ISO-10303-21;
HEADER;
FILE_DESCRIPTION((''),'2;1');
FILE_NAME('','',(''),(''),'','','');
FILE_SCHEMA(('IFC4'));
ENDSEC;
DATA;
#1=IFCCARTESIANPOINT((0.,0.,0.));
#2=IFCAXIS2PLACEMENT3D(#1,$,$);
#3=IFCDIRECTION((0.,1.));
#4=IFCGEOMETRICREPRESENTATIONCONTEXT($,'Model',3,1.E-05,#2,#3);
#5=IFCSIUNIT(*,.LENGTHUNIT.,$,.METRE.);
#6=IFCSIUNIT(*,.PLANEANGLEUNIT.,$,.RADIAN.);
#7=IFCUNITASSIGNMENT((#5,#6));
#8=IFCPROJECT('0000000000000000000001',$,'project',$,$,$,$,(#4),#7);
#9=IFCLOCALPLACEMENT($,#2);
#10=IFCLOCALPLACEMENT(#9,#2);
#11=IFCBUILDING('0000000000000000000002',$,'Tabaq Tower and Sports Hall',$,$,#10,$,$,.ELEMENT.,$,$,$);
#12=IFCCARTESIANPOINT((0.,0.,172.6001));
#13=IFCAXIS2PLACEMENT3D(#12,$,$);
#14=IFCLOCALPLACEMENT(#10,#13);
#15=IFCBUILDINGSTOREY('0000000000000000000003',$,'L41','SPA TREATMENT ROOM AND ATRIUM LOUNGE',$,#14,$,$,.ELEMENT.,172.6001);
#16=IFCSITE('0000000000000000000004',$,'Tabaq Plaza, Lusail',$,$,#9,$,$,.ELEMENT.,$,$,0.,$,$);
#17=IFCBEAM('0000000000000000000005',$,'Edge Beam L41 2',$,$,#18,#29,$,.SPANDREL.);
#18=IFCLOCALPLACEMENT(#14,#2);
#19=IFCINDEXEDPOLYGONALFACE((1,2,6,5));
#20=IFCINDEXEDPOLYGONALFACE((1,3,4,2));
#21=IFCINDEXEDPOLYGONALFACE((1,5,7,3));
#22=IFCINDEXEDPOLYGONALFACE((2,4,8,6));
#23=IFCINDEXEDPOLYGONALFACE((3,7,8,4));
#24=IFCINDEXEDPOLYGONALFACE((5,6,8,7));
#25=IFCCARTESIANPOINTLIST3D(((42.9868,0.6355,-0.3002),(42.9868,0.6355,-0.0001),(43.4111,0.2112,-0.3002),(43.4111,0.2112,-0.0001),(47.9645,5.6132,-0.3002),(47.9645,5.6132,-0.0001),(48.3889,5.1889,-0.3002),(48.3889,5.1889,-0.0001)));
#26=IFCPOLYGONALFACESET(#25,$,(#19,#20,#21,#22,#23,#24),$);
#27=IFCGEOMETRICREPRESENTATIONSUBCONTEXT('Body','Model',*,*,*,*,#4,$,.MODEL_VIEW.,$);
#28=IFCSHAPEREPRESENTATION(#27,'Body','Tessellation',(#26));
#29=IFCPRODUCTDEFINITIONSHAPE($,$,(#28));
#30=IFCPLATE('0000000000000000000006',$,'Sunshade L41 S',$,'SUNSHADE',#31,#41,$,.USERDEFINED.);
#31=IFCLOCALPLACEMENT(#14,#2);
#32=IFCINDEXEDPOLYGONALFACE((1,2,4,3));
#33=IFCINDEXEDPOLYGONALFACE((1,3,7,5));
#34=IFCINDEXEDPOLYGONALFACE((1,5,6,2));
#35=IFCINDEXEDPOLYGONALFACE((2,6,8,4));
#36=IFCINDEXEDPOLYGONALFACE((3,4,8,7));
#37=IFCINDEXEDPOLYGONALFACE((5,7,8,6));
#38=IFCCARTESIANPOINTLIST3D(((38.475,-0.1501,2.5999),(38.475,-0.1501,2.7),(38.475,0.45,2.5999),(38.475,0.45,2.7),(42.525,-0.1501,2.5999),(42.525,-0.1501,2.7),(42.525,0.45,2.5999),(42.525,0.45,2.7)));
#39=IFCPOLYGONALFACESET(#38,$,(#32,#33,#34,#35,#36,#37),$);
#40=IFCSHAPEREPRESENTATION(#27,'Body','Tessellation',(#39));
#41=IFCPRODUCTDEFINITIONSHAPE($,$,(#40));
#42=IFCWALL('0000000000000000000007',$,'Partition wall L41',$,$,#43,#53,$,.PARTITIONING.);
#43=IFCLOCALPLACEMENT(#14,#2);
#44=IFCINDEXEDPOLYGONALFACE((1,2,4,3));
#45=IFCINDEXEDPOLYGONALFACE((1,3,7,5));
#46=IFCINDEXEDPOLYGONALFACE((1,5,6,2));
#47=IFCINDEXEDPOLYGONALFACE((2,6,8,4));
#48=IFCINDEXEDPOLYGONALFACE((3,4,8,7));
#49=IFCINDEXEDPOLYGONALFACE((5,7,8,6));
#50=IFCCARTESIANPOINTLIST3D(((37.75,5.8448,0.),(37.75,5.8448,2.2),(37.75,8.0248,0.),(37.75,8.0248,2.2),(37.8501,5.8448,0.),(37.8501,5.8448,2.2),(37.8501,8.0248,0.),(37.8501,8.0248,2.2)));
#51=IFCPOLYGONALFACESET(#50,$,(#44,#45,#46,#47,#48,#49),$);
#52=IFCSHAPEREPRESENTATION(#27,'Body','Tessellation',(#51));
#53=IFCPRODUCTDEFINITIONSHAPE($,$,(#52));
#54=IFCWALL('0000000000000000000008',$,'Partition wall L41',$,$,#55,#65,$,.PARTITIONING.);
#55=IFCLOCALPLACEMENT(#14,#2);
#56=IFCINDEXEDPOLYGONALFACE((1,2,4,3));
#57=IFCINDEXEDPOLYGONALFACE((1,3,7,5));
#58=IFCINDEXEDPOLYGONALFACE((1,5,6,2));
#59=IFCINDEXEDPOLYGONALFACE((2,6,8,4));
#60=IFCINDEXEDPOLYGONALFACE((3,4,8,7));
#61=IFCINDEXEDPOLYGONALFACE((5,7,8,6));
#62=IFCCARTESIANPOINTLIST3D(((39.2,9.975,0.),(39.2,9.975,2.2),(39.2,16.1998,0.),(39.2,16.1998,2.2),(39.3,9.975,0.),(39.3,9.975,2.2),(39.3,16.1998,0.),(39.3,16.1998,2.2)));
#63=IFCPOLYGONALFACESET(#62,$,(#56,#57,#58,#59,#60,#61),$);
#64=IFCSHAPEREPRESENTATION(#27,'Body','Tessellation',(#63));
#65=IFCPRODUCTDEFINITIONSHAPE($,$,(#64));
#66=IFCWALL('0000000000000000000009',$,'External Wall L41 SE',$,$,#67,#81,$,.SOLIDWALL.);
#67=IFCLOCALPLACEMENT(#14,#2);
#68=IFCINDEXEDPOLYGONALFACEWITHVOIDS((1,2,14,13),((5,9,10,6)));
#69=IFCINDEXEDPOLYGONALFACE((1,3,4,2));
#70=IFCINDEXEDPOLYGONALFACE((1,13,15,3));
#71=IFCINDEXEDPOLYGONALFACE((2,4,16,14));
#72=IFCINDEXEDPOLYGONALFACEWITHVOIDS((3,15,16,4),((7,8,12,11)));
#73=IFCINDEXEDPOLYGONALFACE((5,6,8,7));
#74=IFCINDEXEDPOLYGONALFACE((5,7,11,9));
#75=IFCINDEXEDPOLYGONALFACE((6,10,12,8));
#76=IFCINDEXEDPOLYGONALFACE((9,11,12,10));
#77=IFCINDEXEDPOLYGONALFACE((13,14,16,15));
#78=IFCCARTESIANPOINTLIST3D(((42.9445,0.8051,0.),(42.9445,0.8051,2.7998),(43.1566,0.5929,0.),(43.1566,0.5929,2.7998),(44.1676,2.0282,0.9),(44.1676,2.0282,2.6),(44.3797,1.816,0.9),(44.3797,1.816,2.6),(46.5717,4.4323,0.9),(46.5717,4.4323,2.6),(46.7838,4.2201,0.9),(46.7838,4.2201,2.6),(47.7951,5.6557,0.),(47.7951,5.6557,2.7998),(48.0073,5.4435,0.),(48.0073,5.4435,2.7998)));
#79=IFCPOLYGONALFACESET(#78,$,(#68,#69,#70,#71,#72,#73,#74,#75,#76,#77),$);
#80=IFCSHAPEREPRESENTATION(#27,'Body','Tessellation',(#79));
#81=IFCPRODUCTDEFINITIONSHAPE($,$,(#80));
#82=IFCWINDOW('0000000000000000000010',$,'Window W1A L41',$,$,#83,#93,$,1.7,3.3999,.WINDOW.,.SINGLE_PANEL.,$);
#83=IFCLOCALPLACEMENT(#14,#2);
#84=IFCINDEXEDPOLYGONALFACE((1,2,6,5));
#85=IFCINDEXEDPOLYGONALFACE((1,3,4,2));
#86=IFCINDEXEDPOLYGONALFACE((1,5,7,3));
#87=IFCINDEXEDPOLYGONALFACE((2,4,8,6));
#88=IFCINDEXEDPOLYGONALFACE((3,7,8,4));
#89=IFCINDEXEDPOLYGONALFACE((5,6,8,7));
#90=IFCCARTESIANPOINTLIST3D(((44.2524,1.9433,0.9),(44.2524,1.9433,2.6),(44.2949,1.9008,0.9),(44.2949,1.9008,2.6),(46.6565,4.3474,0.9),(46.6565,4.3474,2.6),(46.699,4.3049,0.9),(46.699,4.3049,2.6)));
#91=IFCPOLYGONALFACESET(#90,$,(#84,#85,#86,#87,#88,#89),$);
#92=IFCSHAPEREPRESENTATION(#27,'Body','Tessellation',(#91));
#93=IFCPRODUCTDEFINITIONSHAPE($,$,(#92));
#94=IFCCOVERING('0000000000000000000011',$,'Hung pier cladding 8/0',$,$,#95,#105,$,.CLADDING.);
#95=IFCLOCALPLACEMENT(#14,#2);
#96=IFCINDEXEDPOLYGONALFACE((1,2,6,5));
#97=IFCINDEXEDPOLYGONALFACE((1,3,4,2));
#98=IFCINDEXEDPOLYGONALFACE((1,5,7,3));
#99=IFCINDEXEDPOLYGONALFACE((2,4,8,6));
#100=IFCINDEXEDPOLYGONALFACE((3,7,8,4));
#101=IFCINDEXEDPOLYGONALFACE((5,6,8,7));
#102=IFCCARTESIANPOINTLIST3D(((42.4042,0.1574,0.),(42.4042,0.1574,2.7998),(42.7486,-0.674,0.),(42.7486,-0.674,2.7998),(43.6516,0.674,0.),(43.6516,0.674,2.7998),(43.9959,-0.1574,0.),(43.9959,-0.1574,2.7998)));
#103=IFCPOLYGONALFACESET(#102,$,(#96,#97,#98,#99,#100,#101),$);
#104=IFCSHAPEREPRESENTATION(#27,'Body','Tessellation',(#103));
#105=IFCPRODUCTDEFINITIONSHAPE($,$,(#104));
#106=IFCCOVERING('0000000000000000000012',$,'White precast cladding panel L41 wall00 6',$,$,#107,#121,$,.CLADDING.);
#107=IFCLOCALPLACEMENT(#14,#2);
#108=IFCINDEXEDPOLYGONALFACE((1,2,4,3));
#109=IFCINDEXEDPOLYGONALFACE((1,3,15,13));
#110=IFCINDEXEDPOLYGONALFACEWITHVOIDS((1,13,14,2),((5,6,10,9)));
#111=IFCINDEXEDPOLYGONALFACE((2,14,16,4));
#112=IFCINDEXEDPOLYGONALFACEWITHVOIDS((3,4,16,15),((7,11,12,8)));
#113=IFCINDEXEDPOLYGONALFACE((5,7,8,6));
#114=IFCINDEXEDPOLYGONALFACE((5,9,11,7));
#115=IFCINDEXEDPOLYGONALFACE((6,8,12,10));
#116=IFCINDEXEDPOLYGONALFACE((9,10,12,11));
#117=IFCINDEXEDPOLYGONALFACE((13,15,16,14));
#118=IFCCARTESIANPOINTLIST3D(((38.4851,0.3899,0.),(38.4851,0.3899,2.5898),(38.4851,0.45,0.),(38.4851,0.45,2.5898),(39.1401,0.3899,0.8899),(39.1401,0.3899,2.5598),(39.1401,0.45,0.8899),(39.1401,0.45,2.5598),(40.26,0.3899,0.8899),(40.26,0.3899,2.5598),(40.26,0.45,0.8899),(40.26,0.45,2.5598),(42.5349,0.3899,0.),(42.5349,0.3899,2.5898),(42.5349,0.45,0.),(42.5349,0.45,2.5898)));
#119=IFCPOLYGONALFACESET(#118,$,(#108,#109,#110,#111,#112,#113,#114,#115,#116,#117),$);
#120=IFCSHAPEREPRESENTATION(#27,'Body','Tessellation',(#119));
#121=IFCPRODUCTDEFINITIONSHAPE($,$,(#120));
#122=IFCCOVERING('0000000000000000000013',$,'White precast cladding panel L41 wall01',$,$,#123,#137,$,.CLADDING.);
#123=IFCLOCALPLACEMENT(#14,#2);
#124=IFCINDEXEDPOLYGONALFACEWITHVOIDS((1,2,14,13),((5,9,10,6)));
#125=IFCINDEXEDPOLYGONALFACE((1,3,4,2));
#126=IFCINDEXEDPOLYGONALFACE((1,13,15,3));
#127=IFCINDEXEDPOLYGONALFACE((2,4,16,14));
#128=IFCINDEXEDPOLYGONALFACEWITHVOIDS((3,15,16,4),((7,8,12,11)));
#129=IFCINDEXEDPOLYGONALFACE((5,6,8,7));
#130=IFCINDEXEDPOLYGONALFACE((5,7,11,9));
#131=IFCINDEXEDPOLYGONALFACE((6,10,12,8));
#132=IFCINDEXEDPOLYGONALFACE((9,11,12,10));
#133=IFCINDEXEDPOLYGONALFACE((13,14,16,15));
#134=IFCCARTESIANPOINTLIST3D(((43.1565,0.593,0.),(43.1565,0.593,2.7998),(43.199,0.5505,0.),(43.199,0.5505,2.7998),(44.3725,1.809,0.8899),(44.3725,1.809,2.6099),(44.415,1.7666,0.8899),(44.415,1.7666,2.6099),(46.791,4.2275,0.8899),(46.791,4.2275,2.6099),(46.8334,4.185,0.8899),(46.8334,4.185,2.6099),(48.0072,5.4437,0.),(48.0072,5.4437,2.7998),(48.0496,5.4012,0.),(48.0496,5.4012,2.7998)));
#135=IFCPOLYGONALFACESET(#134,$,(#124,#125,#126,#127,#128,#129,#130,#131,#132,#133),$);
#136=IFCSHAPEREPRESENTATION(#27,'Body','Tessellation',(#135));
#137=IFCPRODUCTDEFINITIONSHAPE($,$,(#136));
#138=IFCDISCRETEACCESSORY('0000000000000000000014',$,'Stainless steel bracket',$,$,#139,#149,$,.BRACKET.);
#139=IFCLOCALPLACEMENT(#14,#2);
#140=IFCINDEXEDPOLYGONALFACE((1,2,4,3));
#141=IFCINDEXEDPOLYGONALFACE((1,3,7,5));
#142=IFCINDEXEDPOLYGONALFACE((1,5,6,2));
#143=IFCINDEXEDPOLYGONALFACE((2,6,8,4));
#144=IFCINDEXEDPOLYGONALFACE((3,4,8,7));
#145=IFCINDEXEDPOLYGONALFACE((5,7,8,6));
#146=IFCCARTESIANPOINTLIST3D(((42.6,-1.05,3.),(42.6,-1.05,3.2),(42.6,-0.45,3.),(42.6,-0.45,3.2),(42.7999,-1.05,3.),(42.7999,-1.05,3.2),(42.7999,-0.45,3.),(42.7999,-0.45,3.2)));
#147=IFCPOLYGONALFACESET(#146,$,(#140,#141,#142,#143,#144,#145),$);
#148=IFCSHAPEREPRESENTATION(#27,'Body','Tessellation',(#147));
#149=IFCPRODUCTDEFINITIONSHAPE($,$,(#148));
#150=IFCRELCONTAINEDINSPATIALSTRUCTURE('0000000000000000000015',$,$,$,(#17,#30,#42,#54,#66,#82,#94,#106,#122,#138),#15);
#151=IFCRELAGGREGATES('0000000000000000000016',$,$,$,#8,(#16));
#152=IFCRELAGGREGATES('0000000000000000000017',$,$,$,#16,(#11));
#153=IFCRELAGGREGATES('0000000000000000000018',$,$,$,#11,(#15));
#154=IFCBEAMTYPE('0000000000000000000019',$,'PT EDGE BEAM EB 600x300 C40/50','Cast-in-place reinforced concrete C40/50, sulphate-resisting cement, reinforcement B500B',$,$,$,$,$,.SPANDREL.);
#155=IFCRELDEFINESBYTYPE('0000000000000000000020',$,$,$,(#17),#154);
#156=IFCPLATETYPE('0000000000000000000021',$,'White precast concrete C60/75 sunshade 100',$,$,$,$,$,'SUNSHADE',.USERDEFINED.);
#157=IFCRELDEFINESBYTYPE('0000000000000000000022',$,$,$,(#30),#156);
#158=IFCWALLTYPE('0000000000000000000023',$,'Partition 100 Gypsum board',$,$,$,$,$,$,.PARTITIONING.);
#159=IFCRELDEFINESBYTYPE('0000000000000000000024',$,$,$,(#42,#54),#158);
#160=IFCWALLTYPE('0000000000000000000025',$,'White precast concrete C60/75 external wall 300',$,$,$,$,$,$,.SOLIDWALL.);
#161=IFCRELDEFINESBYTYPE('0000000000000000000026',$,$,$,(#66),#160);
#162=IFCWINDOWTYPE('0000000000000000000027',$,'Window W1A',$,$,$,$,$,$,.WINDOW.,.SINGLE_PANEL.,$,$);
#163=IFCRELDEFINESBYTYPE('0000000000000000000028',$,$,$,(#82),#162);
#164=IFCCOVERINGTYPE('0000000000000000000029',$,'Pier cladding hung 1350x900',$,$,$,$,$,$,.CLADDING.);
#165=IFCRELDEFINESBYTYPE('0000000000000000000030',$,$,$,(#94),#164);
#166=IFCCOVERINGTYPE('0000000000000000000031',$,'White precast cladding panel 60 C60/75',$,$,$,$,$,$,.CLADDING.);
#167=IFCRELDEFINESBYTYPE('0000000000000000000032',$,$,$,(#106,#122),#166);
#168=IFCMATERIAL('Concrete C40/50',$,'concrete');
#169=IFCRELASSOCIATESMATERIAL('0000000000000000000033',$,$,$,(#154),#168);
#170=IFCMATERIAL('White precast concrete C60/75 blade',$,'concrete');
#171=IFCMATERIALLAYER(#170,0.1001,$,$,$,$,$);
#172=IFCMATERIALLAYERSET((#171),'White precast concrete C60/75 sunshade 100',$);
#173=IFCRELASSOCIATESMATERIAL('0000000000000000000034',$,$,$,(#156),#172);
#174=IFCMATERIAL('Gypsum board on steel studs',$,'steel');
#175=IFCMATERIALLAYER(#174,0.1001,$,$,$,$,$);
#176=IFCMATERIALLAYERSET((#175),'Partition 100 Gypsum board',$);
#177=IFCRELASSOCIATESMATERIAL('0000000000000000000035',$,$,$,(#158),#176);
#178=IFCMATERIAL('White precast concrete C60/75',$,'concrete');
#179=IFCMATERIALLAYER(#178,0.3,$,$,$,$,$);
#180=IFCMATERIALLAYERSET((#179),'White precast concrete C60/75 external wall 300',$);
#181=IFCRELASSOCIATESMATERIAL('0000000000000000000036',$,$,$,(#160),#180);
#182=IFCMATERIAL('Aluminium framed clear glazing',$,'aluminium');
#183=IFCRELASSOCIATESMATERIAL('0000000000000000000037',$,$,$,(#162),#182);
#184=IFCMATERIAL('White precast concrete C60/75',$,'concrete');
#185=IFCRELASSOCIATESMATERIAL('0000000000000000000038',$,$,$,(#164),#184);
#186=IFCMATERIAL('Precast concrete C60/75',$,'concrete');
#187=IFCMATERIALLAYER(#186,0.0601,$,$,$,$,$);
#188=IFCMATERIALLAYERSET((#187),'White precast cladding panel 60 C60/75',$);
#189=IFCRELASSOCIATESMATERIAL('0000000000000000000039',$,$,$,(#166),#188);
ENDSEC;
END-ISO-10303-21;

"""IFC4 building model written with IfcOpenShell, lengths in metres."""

from ifc_helpers import new_model, si_unit, direction, frame, frame_2d, origin, origin_2d, place, context, subcontext, project, spatial, polyline, rectangle, outline, extrude, material, layer, layer_set, material_profile, profile_set, type_object, element, fill, save


model = new_model("IFC4")

# Units and contexts
model_context = context("Model", 3, precision=1e-05, world=origin(), true_north=direction((0.0, 1.0)))
body_context = subcontext(model_context, "Body", "Model", "MODEL_VIEW")
ifc_project = project(units=[si_unit("LENGTHUNIT", "METRE"), si_unit("PLANEANGLEUNIT", "RADIAN")], contexts=[model_context])

# Site, building, storey
site_placement = place(None, origin())
site = spatial("IfcSite", under=ifc_project, at=site_placement, Name="Tabaq Plaza, Lusail", CompositionType="ELEMENT", RefElevation=0.0)
building_placement = place(site_placement, origin())
building = spatial("IfcBuilding", under=site, at=building_placement, Name="Tabaq Tower and Sports Hall", CompositionType="ELEMENT")
storey_placement = place(building_placement, frame((0.0, 0.0, 172.6001)))
storey = spatial("IfcBuildingStorey", under=building, at=storey_placement, Name="L41", Description="SPA TREATMENT ROOM AND ATRIUM LOUNGE", CompositionType="ELEMENT", Elevation=172.6001)

# Beam
ifc_material_1 = material(Name="Concrete C40/50", Category="concrete")
ifc_material_profile = material_profile(ifc_material_1, rectangle(XDim=0.6001, YDim=0.3, at=origin_2d()), Name="EB 600x300")
ifc_profile_set = profile_set([ifc_material_profile], Name="Concrete C40/50")
beam_type = type_object("IfcBeamType", Name="PT EDGE BEAM EB 600x300 C40/50", Description="Cast-in-place reinforced concrete C40/50, sulphate-resisting cement, reinforcement B500B", PredefinedType="SPANDREL", material=ifc_profile_set)
beam_placement = place(storey_placement, frame((43.199, 0.4233, -0.1501), z_axis=(0.707107, 0.707107, 0.0), x_axis=(-0.707107, 0.707107, 0.0)))
element("IfcBeam", 1, at=beam_placement, inside=storey, type_object=beam_type, Name="Edge Beam L41 2", PredefinedType="SPANDREL", context=body_context, shape_type="SweptSolid", body=[
    extrude(rectangle(XDim=0.6001, YDim=0.3, at=origin_2d()), origin(), (0.0, 0.0, 1.0), 7.0396),
])

# Plate
ifc_material_2 = material(Name="White precast concrete C60/75 blade", Category="concrete")
ifc_layer_1 = layer(ifc_material_2, 0.1001)
ifc_layer_set_1 = layer_set([ifc_layer_1], Name="White precast concrete C60/75 sunshade 100")
plate_type = type_object("IfcPlateType", Name="White precast concrete C60/75 sunshade 100", ElementType="SUNSHADE", PredefinedType="USERDEFINED", material=ifc_layer_set_1)
plate_placement = place(storey_placement, frame((40.5, 0.1499, 2.5999), z_axis=(0.0, 0.0, 1.0), x_axis=(1.0, 0.0, 0.0)))
element("IfcPlate", 2, at=plate_placement, inside=storey, type_object=plate_type, Name="Sunshade L41 S", ObjectType="SUNSHADE", PredefinedType="USERDEFINED", context=body_context, shape_type="SweptSolid", body=[
    extrude(rectangle(XDim=4.05, YDim=0.6001, at=origin_2d()), origin(), (0.0, 0.0, 1.0), 0.1001),
])

# Walls
ifc_material_3 = material(Name="Gypsum board on steel studs", Category="steel")
ifc_layer_2 = layer(ifc_material_3, 0.1001)
ifc_layer_set_2 = layer_set([ifc_layer_2], Name="Partition 100 Gypsum board")
wall_type_1 = type_object("IfcWallType", Name="Partition 100 Gypsum board", PredefinedType="PARTITIONING", material=ifc_layer_set_2)
wall_1_placement = place(storey_placement, frame((37.8, 5.845, 0.0), z_axis=(0.0, 0.0, 1.0), x_axis=(0.0, 1.0, 0.0)))
element("IfcWall", 3, at=wall_1_placement, inside=storey, type_object=wall_type_1, Name="Partition wall L41", PredefinedType="PARTITIONING", context=body_context, shape_type="SweptSolid", body=[
    extrude(rectangle(XDim=2.1799, YDim=0.1001, at=frame_2d((1.0898, 0.0))), origin(), (0.0, 0.0, 1.0), 2.2),
])
wall_2_placement = place(storey_placement, frame((39.25, 9.9751, 0.0), z_axis=(0.0, 0.0, 1.0), x_axis=(0.0, 1.0, 0.0)))
element("IfcWall", 4, at=wall_2_placement, inside=storey, type_object=wall_type_1, Name="Partition wall L41", PredefinedType="PARTITIONING", context=body_context, shape_type="SweptSolid", body=[
    extrude(rectangle(XDim=6.2249, YDim=0.1001, at=frame_2d((3.1123, 0.0))), origin(), (0.0, 0.0, 1.0), 2.2),
])

# Wall, opening, window
ifc_material_4 = material(Name="White precast concrete C60/75", Category="concrete")
ifc_layer_3 = layer(ifc_material_4, 0.3)
ifc_layer_set_3 = layer_set([ifc_layer_3], Name="White precast concrete C60/75 external wall 300")
wall_type_2 = type_object("IfcWallType", Name="White precast concrete C60/75 external wall 300", PredefinedType="SOLIDWALL", material=ifc_layer_set_3)
wall_3_placement = place(storey_placement, frame((43.0505, 0.699, 0.0), z_axis=(0.0, 0.0, 1.0), x_axis=(0.707107, 0.707107, 0.0)))
wall_3 = element("IfcWall", 5, at=wall_3_placement, inside=storey, type_object=wall_type_2, Name="External Wall L41 SE", PredefinedType="SOLIDWALL", context=body_context, shape_type="SweptSolid", body=[
    extrude(rectangle(XDim=6.8599, YDim=0.3, at=frame_2d((3.4299, 0.0))), origin(), (0.0, 0.0, 1.0), 2.7998),
])
opening_placement = place(wall_3_placement, frame((1.7297, 0.0, 0.8999)))
opening = element("IfcOpeningElement", 6, at=opening_placement, cuts=wall_3, PredefinedType="OPENING", context=body_context, shape_type="SweptSolid", body=[
    extrude(rectangle(XDim=3.3999, YDim=1.7, at=frame_2d((1.7, 0.8501))), frame((0.0, 0.1602, 0.0), z_axis=(0.0, -1.0, 0.0), x_axis=(1.0, 0.0, 0.0)), (0.0, 0.0, 1.0), 0.3201),
])
ifc_material_5 = material(Name="Aluminium framed clear glazing", Category="aluminium")
window_type = type_object("IfcWindowType", Name="Window W1A", PartitioningType="SINGLE_PANEL", PredefinedType="WINDOW", material=ifc_material_5)
window_placement = place(opening_placement, origin())
window = element("IfcWindow", 7, at=window_placement, inside=storey, type_object=window_type, Name="Window W1A L41", OverallHeight=1.7, OverallWidth=3.3999, PartitioningType="SINGLE_PANEL", PredefinedType="WINDOW", context=body_context, shape_type="SweptSolid", body=[
    extrude(rectangle(XDim=3.3999, YDim=1.7, at=frame_2d((1.7, 0.8501))), frame((0.0, 0.03, 0.0), z_axis=(0.0, -1.0, 0.0), x_axis=(1.0, 0.0, 0.0)), (0.0, 0.0, 1.0), 0.0601),
])
fill(opening, window)

# Coverings
ifc_material_6 = material(Name="White precast concrete C60/75", Category="concrete")
covering_type_1 = type_object("IfcCoveringType", Name="Pier cladding hung 1350x900", PredefinedType="CLADDING", material=ifc_material_6)
covering_1_placement = place(storey_placement, frame((42.5764, -0.2583, 0.0), z_axis=(0.0, 0.0, 1.0), x_axis=(0.923893, 0.38265, 0.0)))
element("IfcCovering", 8, at=covering_1_placement, inside=storey, type_object=covering_type_1, Name="Hung pier cladding 8/0", PredefinedType="CLADDING", context=body_context, shape_type="SweptSolid", body=[
    extrude(rectangle(XDim=1.3501, YDim=0.8999, at=frame_2d((0.675, 0.0))), origin(), (0.0, 0.0, 1.0), 2.7998),
])
ifc_material_7 = material(Name="Precast concrete C60/75", Category="concrete")
ifc_layer_4 = layer(ifc_material_7, 0.0601)
ifc_layer_set_4 = layer_set([ifc_layer_4], Name="White precast cladding panel 60 C60/75")
covering_type_2 = type_object("IfcCoveringType", Name="White precast cladding panel 60 C60/75", PredefinedType="CLADDING", material=ifc_layer_set_4)
covering_2_placement = place(storey_placement, frame((38.4851, 0.4199, 0.0), z_axis=(0.0, 0.0, 1.0), x_axis=(1.0, 0.0, 0.0)))
element("IfcCovering", 9, at=covering_2_placement, inside=storey, type_object=covering_type_2, Name="White precast cladding panel L41 wall00 6", PredefinedType="CLADDING", context=body_context, shape_type="SweptSolid", body=[
    extrude(outline(polyline([(0.0, 0.0), (4.0498, 0.0), (4.0498, 2.5898), (0.0, 2.5898), (0.0, 0.0)]), holes=[polyline([(1.7749, 0.8899), (0.655, 0.8899), (0.655, 2.5598), (1.7749, 2.5598), (1.7749, 0.8899)])]), frame((0.0, 0.03, 0.0), z_axis=(0.0, -1.0, 0.0), x_axis=(1.0, 0.0, 0.0)), (0.0, 0.0, 1.0), 0.0601),
])
covering_3_placement = place(storey_placement, frame((43.1777, 0.5718, 0.0), z_axis=(0.0, 0.0, 1.0), x_axis=(0.707107, 0.707107, 0.0)))
element("IfcCovering", 10, at=covering_3_placement, inside=storey, type_object=covering_type_2, Name="White precast cladding panel L41 wall01", PredefinedType="CLADDING", context=body_context, shape_type="SweptSolid", body=[
    extrude(outline(polyline([(0.0, 0.0), (6.8599, 0.0), (6.8599, 2.7998), (0.0, 2.7998), (0.0, 0.0)]), holes=[polyline([(1.7197, 0.8899), (1.7197, 2.6099), (5.1399, 2.6099), (5.1399, 0.8899), (1.7197, 0.8899)])]), frame((0.0, 0.03, 0.0), z_axis=(0.0, -1.0, 0.0), x_axis=(1.0, 0.0, 0.0)), (0.0, 0.0, 1.0), 0.0601),
])

# Discrete accessory
discrete_accessory_placement = place(storey_placement, frame((42.7, -0.75, 3.0), z_axis=(0.0, 0.0, 1.0), x_axis=(0.0, -1.0, 0.0)))
element("IfcDiscreteAccessory", 11, at=discrete_accessory_placement, inside=storey, Name="Stainless steel bracket", PredefinedType="BRACKET", context=body_context, shape_type="SweptSolid", body=[
    extrude(rectangle(XDim=0.6001, YDim=0.2, at=origin_2d()), origin(), (0.0, 0.0, 1.0), 0.2),
])

save(model, "model.ifc")
